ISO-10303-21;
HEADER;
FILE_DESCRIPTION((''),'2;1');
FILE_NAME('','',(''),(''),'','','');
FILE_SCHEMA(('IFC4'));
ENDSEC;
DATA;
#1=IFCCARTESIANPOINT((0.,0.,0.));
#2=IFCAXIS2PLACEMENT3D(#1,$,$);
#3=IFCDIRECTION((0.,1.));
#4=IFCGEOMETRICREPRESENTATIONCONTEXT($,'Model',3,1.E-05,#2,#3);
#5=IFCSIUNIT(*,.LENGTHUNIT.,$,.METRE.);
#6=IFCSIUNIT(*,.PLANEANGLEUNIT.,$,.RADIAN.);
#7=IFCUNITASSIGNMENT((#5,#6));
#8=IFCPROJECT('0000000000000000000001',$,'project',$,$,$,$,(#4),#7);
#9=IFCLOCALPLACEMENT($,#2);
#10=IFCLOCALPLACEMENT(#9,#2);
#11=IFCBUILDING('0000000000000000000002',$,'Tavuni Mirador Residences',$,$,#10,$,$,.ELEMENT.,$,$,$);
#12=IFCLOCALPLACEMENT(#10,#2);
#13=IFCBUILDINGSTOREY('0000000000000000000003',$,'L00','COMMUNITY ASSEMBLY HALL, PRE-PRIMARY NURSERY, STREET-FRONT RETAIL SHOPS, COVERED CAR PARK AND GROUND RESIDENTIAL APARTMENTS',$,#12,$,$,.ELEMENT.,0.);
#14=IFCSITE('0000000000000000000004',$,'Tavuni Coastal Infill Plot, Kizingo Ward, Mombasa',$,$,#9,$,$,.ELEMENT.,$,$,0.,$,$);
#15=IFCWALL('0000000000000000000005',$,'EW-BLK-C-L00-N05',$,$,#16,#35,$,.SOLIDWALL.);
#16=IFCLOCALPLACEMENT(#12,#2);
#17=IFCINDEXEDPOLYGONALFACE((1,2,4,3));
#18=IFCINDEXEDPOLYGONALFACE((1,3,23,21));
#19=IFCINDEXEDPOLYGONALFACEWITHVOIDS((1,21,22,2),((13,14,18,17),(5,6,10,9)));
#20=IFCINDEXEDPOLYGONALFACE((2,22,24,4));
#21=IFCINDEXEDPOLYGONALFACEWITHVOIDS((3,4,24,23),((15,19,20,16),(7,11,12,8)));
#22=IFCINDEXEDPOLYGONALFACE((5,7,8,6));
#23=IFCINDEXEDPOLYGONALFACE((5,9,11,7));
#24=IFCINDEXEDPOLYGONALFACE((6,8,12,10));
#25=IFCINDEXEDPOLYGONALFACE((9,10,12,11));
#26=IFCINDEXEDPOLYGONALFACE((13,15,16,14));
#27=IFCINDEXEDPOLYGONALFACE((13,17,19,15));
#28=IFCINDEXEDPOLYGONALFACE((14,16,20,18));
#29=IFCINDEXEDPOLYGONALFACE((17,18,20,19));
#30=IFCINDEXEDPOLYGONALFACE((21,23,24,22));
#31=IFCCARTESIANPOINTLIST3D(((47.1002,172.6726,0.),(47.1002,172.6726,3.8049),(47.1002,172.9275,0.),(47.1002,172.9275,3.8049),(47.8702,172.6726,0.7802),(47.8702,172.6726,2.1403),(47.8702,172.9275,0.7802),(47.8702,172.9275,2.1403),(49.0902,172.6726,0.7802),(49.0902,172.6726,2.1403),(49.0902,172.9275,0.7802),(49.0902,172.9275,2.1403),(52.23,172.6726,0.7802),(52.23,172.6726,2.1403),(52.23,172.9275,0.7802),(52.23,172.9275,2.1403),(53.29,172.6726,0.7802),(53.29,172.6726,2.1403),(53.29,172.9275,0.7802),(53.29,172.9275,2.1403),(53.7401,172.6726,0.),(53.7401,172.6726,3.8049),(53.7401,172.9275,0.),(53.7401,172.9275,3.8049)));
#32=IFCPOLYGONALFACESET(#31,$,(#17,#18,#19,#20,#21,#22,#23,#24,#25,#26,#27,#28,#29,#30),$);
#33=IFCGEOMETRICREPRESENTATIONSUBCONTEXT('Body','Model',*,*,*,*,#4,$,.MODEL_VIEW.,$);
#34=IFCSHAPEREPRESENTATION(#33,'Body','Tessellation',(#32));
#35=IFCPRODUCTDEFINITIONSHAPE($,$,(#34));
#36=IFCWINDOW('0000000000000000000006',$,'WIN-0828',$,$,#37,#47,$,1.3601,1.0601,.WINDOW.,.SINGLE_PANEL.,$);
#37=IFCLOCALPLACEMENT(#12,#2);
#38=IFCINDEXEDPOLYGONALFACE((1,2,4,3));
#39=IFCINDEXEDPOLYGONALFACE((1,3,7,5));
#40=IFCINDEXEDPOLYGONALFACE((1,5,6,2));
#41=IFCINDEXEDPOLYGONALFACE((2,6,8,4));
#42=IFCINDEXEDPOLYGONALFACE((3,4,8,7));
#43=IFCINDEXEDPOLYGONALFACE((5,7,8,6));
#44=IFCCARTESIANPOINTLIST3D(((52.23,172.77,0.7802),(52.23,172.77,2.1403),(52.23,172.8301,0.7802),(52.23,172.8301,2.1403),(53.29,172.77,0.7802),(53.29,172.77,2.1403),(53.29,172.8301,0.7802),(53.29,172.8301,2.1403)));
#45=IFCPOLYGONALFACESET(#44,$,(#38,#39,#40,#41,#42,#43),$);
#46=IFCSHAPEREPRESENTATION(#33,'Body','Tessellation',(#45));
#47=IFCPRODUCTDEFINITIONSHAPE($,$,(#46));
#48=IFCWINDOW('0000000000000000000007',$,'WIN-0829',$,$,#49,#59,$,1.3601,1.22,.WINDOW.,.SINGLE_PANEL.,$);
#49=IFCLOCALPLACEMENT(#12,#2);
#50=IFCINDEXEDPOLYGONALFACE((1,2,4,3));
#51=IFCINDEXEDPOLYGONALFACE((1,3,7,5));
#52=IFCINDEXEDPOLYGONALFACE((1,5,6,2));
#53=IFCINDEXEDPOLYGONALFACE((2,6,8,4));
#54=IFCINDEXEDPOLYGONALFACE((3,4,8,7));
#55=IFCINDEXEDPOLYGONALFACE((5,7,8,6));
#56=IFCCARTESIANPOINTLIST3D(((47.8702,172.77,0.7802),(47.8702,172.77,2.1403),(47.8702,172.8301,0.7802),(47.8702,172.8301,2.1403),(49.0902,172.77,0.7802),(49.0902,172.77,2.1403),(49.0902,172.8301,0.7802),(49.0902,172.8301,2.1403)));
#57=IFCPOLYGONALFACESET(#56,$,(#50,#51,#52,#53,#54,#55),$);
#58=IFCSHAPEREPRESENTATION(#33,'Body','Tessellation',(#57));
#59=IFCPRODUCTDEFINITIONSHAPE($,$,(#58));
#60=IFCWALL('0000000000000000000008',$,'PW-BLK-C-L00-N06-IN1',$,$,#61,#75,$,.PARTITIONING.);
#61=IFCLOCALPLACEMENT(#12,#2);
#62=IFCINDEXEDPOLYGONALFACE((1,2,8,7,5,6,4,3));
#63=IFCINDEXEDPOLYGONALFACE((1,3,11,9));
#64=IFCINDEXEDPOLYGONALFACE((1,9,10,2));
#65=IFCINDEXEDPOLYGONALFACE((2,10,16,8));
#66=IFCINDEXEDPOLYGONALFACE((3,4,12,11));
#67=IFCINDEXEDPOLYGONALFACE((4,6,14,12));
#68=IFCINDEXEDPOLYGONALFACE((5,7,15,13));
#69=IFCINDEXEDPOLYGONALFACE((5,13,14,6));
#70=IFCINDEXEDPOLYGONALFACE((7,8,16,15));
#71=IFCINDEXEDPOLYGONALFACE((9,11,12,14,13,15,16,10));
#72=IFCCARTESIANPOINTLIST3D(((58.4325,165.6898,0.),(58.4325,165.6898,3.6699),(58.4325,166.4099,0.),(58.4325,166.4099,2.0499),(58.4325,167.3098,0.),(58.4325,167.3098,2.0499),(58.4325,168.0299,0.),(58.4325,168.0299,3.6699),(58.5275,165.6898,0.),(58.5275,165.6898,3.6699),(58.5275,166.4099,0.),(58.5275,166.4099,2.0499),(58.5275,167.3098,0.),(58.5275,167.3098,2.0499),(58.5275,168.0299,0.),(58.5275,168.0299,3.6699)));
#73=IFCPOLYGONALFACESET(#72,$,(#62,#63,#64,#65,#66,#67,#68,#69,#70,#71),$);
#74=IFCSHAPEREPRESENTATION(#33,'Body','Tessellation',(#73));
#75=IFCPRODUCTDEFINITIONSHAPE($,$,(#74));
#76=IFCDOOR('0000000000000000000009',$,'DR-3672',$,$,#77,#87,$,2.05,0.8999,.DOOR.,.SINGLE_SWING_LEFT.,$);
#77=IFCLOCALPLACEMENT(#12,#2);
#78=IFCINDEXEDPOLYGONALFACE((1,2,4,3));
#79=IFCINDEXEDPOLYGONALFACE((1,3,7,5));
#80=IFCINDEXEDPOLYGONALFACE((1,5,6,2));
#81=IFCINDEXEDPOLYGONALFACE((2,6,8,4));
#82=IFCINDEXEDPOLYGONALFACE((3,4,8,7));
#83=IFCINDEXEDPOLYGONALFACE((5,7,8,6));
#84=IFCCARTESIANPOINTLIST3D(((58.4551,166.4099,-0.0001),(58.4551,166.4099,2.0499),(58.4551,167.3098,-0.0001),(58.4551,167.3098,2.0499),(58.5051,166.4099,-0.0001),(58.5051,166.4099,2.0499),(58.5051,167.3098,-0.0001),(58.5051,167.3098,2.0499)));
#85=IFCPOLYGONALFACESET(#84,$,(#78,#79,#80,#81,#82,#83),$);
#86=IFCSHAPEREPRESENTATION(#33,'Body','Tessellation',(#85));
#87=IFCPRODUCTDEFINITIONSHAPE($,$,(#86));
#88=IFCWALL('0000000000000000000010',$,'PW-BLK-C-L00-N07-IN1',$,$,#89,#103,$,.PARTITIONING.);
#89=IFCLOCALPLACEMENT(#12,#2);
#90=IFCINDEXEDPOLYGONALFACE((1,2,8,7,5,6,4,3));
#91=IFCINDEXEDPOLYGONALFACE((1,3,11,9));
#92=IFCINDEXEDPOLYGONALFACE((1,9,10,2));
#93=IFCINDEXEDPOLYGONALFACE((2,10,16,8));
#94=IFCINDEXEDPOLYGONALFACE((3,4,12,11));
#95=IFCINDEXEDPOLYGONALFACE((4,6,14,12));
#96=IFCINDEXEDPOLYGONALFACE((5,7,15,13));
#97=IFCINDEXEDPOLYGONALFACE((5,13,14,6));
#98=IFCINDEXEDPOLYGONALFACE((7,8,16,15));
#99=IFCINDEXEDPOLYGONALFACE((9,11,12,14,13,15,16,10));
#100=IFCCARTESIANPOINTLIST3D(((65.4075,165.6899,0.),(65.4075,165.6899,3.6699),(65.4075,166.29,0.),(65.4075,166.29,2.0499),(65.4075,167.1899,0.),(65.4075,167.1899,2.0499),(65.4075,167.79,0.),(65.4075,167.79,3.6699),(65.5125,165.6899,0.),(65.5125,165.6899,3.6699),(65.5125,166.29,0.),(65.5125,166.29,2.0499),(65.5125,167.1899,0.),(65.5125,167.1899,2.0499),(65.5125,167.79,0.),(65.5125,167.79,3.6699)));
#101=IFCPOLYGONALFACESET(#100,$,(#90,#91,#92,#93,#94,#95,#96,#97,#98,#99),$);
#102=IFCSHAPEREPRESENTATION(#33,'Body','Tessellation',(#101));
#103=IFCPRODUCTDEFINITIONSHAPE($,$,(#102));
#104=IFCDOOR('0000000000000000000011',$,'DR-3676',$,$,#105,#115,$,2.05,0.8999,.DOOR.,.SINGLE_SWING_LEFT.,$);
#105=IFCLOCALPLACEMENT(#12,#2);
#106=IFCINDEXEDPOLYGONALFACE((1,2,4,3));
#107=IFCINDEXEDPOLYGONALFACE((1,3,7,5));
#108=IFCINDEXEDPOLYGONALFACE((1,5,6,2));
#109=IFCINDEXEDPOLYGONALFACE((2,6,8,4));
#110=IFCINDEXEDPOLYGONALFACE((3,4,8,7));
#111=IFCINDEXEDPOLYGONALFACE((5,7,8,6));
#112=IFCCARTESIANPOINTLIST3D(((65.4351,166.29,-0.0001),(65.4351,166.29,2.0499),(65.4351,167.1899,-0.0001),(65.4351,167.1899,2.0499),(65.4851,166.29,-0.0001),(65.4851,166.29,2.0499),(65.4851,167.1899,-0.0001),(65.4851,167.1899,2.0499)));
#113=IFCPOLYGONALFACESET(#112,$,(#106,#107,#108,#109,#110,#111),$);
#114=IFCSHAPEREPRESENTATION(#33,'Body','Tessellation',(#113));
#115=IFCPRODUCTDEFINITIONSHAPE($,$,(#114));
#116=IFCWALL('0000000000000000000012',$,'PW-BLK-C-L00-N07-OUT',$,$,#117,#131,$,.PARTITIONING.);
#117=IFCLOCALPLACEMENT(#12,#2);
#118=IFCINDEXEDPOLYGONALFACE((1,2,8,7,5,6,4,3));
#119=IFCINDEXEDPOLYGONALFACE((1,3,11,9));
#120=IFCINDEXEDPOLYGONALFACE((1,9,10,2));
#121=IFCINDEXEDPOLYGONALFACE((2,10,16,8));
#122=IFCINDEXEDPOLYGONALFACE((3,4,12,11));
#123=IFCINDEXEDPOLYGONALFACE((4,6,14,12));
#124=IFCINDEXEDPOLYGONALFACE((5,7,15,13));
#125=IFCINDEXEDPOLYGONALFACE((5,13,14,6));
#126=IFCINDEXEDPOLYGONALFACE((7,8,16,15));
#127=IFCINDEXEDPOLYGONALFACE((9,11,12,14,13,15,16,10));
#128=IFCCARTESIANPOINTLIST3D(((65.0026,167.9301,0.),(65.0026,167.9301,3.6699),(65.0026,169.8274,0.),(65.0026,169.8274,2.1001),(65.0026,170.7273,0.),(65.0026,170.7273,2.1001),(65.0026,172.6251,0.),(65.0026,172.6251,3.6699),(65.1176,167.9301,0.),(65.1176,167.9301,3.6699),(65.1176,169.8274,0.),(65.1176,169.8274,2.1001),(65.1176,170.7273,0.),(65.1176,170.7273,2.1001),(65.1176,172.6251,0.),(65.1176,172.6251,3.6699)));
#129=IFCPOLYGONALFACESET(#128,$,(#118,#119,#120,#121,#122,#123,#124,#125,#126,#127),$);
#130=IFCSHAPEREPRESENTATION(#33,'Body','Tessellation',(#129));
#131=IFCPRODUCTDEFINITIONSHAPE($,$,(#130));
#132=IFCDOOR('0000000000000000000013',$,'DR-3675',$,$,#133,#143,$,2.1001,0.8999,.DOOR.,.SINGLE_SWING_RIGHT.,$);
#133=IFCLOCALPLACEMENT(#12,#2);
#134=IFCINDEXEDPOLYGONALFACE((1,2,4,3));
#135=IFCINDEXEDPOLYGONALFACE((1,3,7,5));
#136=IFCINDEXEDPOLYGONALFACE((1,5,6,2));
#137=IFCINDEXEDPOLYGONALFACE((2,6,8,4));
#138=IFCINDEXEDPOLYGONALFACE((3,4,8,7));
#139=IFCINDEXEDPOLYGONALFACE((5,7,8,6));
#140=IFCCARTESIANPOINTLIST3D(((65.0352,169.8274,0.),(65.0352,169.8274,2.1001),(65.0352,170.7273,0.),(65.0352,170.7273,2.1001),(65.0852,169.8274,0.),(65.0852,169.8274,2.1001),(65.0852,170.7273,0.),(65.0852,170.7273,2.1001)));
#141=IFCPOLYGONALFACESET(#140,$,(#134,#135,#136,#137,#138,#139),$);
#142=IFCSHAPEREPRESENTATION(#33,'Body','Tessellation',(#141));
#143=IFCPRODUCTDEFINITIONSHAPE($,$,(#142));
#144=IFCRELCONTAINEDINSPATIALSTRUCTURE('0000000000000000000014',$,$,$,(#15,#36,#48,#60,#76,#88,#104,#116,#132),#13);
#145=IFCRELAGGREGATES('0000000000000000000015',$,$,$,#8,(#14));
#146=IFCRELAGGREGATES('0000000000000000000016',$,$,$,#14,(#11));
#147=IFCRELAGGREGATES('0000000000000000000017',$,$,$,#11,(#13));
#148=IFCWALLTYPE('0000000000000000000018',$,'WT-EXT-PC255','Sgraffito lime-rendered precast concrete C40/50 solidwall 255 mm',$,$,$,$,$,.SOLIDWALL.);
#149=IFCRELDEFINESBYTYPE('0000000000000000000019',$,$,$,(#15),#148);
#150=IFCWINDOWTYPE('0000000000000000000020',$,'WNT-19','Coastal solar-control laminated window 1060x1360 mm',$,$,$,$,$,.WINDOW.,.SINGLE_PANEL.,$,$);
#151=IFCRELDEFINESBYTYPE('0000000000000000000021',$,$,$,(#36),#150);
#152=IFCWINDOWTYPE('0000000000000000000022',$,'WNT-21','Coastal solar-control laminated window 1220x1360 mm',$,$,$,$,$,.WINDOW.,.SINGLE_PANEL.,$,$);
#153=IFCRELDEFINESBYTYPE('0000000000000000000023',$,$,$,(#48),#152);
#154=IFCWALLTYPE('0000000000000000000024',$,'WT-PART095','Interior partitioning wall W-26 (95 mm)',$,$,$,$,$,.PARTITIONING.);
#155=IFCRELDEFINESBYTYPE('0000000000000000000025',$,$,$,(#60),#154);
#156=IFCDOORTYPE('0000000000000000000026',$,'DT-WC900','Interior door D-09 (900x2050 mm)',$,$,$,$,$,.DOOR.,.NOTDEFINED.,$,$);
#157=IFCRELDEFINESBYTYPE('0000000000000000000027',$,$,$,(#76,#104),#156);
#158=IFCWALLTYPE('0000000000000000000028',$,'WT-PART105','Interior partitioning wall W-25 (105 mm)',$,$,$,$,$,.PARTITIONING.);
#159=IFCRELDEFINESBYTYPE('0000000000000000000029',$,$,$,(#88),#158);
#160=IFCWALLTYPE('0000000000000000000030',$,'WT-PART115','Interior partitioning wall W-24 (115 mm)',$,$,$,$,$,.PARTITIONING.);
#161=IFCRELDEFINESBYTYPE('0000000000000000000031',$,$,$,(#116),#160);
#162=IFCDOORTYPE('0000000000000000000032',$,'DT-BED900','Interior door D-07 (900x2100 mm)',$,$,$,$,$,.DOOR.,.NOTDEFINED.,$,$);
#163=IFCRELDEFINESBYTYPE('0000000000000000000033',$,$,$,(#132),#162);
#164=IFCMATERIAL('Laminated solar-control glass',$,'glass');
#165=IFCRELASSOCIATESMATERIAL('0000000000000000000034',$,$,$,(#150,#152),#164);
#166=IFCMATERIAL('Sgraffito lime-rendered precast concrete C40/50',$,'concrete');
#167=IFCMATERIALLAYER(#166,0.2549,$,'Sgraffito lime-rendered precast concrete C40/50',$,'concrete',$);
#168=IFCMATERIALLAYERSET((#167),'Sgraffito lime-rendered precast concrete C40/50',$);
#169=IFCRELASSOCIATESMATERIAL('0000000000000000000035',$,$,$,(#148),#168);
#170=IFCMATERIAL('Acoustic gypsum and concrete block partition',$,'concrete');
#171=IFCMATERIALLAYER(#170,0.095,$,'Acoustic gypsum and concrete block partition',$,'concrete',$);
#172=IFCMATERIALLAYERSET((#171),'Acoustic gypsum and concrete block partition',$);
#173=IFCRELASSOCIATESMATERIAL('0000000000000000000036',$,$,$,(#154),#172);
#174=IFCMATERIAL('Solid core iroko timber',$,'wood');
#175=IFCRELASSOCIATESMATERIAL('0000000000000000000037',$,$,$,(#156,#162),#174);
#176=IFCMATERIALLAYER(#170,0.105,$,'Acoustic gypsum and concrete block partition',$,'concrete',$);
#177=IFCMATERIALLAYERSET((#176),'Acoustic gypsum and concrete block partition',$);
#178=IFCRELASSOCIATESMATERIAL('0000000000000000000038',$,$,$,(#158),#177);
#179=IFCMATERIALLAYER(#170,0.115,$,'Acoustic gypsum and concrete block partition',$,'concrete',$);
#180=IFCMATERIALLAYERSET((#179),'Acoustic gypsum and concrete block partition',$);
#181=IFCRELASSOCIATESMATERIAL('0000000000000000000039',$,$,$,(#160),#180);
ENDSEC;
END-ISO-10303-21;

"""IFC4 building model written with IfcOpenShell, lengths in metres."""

from ifc_helpers import new_model, si_unit, direction, frame, frame_2d, origin, place, context, subcontext, project, spatial, rectangle, extrude, material, layer, layer_set, type_object, element, fill, save


model = new_model("IFC4")

# Units and contexts
model_context = context("Model", 3, precision=1e-05, world=origin(), true_north=direction((0.0, 1.0)))
body_context = subcontext(model_context, "Body", "Model", "MODEL_VIEW")
ifc_project = project(units=[si_unit("LENGTHUNIT", "METRE"), si_unit("PLANEANGLEUNIT", "RADIAN")], contexts=[model_context])

# Site, building, storey
site_placement = place(None, origin())
site = spatial("IfcSite", under=ifc_project, at=site_placement, Name="Tavuni Coastal Infill Plot, Kizingo Ward, Mombasa", CompositionType="ELEMENT", RefElevation=0.0)
building_placement = place(site_placement, origin())
building = spatial("IfcBuilding", under=site, at=building_placement, Name="Tavuni Mirador Residences", CompositionType="ELEMENT")
storey_placement = place(building_placement, origin())
storey = spatial("IfcBuildingStorey", under=building, at=storey_placement, Name="L00", Description="COMMUNITY ASSEMBLY HALL, PRE-PRIMARY NURSERY, STREET-FRONT RETAIL SHOPS, COVERED CAR PARK AND GROUND RESIDENTIAL APARTMENTS", CompositionType="ELEMENT", Elevation=0.0)

# Wall, openings, windows
ifc_material_1 = material(Name="Sgraffito lime-rendered precast concrete C40/50", Category="concrete")
ifc_material_2 = material(Name="Laminated solar-control glass", Category="glass")
window_type_1 = type_object("IfcWindowType", Name="WNT-19", Description="Coastal solar-control laminated window 1060x1360 mm", PartitioningType="SINGLE_PANEL", PredefinedType="WINDOW", material=ifc_material_2)
ifc_layer_1 = layer(ifc_material_1, 0.2549, Name="Sgraffito lime-rendered precast concrete C40/50", Category="concrete")
ifc_layer_set_1 = layer_set([ifc_layer_1], Name="Sgraffito lime-rendered precast concrete C40/50")
wall_type_1 = type_object("IfcWallType", Name="WT-EXT-PC255", Description="Sgraffito lime-rendered precast concrete C40/50 solidwall 255 mm", PredefinedType="SOLIDWALL", material=ifc_layer_set_1)
wall_1_placement = place(storey_placement, frame((53.74, 172.8, 0.0), z_axis=(0.0, 0.0, 1.0), x_axis=(-1.0, 0.0, 0.0)))
wall_1 = element("IfcWall", 1, at=wall_1_placement, inside=storey, type_object=wall_type_1, Name="EW-BLK-C-L00-N05", PredefinedType="SOLIDWALL", context=body_context, shape_type="SweptSolid", body=[
    extrude(rectangle(XDim=6.6399, YDim=0.2549, at=frame_2d((3.3198, 0.0))), origin(), (0.0, 0.0, 1.0), 3.8049),
])
opening_1_placement = place(wall_1_placement, frame((0.45, 0.0, 0.78)))
opening_1 = element("IfcOpeningElement", 2, at=opening_1_placement, cuts=wall_1, PredefinedType="OPENING", context=body_context, shape_type="SweptSolid", body=[
    extrude(rectangle(XDim=1.0601, YDim=1.3601, at=frame_2d((0.53, 0.6802))), frame((0.0, 0.1375, 0.0), z_axis=(0.0, -1.0, 0.0), x_axis=(1.0, 0.0, 0.0)), (0.0, 0.0, 1.0), 0.2749),
])
opening_2_placement = place(wall_1_placement, frame((4.6499, 0.0, 0.78)))
opening_2 = element("IfcOpeningElement", 3, at=opening_2_placement, cuts=wall_1, PredefinedType="OPENING", context=body_context, shape_type="SweptSolid", body=[
    extrude(rectangle(XDim=1.22, YDim=1.3601, at=frame_2d((0.6099, 0.6802))), frame((0.0, 0.1375, 0.0), z_axis=(0.0, -1.0, 0.0), x_axis=(1.0, 0.0, 0.0)), (0.0, 0.0, 1.0), 0.2749),
])
window_1_placement = place(opening_1_placement, origin())
window_1 = element("IfcWindow", 4, at=window_1_placement, inside=storey, type_object=window_type_1, Name="WIN-0828", OverallHeight=1.3601, OverallWidth=1.0601, PartitioningType="SINGLE_PANEL", PredefinedType="WINDOW", context=body_context, shape_type="SweptSolid", body=[
    extrude(rectangle(XDim=1.0601, YDim=1.3601, at=frame_2d((0.53, 0.6802))), frame((0.0, 0.03, 0.0), z_axis=(0.0, -1.0, 0.0), x_axis=(1.0, 0.0, 0.0)), (0.0, 0.0, 1.0), 0.0601),
])
fill(opening_1, window_1)
window_type_2 = type_object("IfcWindowType", Name="WNT-21", Description="Coastal solar-control laminated window 1220x1360 mm", PartitioningType="SINGLE_PANEL", PredefinedType="WINDOW", material=ifc_material_2)
window_2_placement = place(opening_2_placement, origin())
window_2 = element("IfcWindow", 5, at=window_2_placement, inside=storey, type_object=window_type_2, Name="WIN-0829", OverallHeight=1.3601, OverallWidth=1.22, PartitioningType="SINGLE_PANEL", PredefinedType="WINDOW", context=body_context, shape_type="SweptSolid", body=[
    extrude(rectangle(XDim=1.22, YDim=1.3601, at=frame_2d((0.6099, 0.6802))), frame((0.0, 0.03, 0.0), z_axis=(0.0, -1.0, 0.0), x_axis=(1.0, 0.0, 0.0)), (0.0, 0.0, 1.0), 0.0601),
])
fill(opening_2, window_2)

# Walls, openings, doors
ifc_material_3 = material(Name="Acoustic gypsum and concrete block partition", Category="concrete")
ifc_layer_2 = layer(ifc_material_3, 0.095, Name="Acoustic gypsum and concrete block partition", Category="concrete")
ifc_layer_set_2 = layer_set([ifc_layer_2], Name="Acoustic gypsum and concrete block partition")
wall_type_2 = type_object("IfcWallType", Name="WT-PART095", Description="Interior partitioning wall W-26 (95 mm)", PredefinedType="PARTITIONING", material=ifc_layer_set_2)
wall_2_placement = place(storey_placement, frame((58.48, 165.6899, 0.0), z_axis=(0.0, 0.0, 1.0), x_axis=(0.0, 1.0, 0.0)))
wall_2 = element("IfcWall", 6, at=wall_2_placement, inside=storey, type_object=wall_type_2, Name="PW-BLK-C-L00-N06-IN1", PredefinedType="PARTITIONING", context=body_context, shape_type="SweptSolid", body=[
    extrude(rectangle(XDim=2.3401, YDim=0.095, at=frame_2d((1.1699, 0.0))), origin(), (0.0, 0.0, 1.0), 3.6699),
])
opening_3_placement = place(wall_2_placement, frame((0.72, 0.0, 0.0)))
opening_3 = element("IfcOpeningElement", 7, at=opening_3_placement, cuts=wall_2, PredefinedType="OPENING", context=body_context, shape_type="SweptSolid", body=[
    extrude(rectangle(XDim=0.8999, YDim=2.05, at=frame_2d((0.45, 1.0249))), frame((0.0, 0.0576, 0.0), z_axis=(0.0, -1.0, 0.0), x_axis=(1.0, 0.0, 0.0)), (0.0, 0.0, 1.0), 0.115),
])
ifc_material_4 = material(Name="Solid core iroko timber", Category="wood")
door_type_1 = type_object("IfcDoorType", Name="DT-WC900", Description="Interior door D-09 (900x2050 mm)", OperationType="NOTDEFINED", PredefinedType="DOOR", material=ifc_material_4)
door_1_placement = place(opening_3_placement, origin())
door_1 = element("IfcDoor", 8, at=door_1_placement, inside=storey, type_object=door_type_1, Name="DR-3672", OperationType="SINGLE_SWING_LEFT", OverallHeight=2.05, OverallWidth=0.8999, PredefinedType="DOOR", context=body_context, shape_type="SweptSolid", body=[
    extrude(rectangle(XDim=0.8999, YDim=2.05, at=frame_2d((0.45, 1.0249))), frame((0.0, 0.0249, 0.0), z_axis=(0.0, -1.0, 0.0), x_axis=(1.0, 0.0, 0.0)), (0.0, 0.0, 1.0), 0.05),
])
fill(opening_3, door_1)
ifc_layer_3 = layer(ifc_material_3, 0.105, Name="Acoustic gypsum and concrete block partition", Category="concrete")
ifc_layer_set_3 = layer_set([ifc_layer_3], Name="Acoustic gypsum and concrete block partition")
wall_type_3 = type_object("IfcWallType", Name="WT-PART105", Description="Interior partitioning wall W-25 (105 mm)", PredefinedType="PARTITIONING", material=ifc_layer_set_3)
wall_3_placement = place(storey_placement, frame((65.46, 165.6899, 0.0), z_axis=(0.0, 0.0, 1.0), x_axis=(0.0, 1.0, 0.0)))
wall_3 = element("IfcWall", 9, at=wall_3_placement, inside=storey, type_object=wall_type_3, Name="PW-BLK-C-L00-N07-IN1", PredefinedType="PARTITIONING", context=body_context, shape_type="SweptSolid", body=[
    extrude(rectangle(XDim=2.1001, YDim=0.105, at=frame_2d((1.05, 0.0))), origin(), (0.0, 0.0, 1.0), 3.6699),
])
opening_4_placement = place(wall_3_placement, frame((0.6001, 0.0, 0.0)))
opening_4 = element("IfcOpeningElement", 10, at=opening_4_placement, cuts=wall_3, PredefinedType="OPENING", context=body_context, shape_type="SweptSolid", body=[
    extrude(rectangle(XDim=0.8999, YDim=2.05, at=frame_2d((0.45, 1.0249))), frame((0.0, 0.0625, 0.0), z_axis=(0.0, -1.0, 0.0), x_axis=(1.0, 0.0, 0.0)), (0.0, 0.0, 1.0), 0.125),
])
door_2_placement = place(opening_4_placement, origin())
door_2 = element("IfcDoor", 11, at=door_2_placement, inside=storey, type_object=door_type_1, Name="DR-3676", OperationType="SINGLE_SWING_LEFT", OverallHeight=2.05, OverallWidth=0.8999, PredefinedType="DOOR", context=body_context, shape_type="SweptSolid", body=[
    extrude(rectangle(XDim=0.8999, YDim=2.05, at=frame_2d((0.45, 1.0249))), frame((0.0, 0.0249, 0.0), z_axis=(0.0, -1.0, 0.0), x_axis=(1.0, 0.0, 0.0)), (0.0, 0.0, 1.0), 0.05),
])
fill(opening_4, door_2)
ifc_layer_4 = layer(ifc_material_3, 0.115, Name="Acoustic gypsum and concrete block partition", Category="concrete")
ifc_layer_set_4 = layer_set([ifc_layer_4], Name="Acoustic gypsum and concrete block partition")
wall_type_4 = type_object("IfcWallType", Name="WT-PART115", Description="Interior partitioning wall W-24 (115 mm)", PredefinedType="PARTITIONING", material=ifc_layer_set_4)
wall_4_placement = place(storey_placement, frame((65.0601, 167.9299, 0.0), z_axis=(0.0, 0.0, 1.0), x_axis=(0.0, 1.0, 0.0)))
wall_4 = element("IfcWall", 12, at=wall_4_placement, inside=storey, type_object=wall_type_4, Name="PW-BLK-C-L00-N07-OUT", PredefinedType="PARTITIONING", context=body_context, shape_type="SweptSolid", body=[
    extrude(rectangle(XDim=4.6951, YDim=0.115, at=frame_2d((2.3477, 0.0))), origin(), (0.0, 0.0, 1.0), 3.6699),
])
opening_5_placement = place(wall_4_placement, frame((1.8975, 0.0, 0.0)))
opening_5 = element("IfcOpeningElement", 13, at=opening_5_placement, cuts=wall_4, PredefinedType="OPENING", context=body_context, shape_type="SweptSolid", body=[
    extrude(rectangle(XDim=0.8999, YDim=2.1001, at=frame_2d((0.45, 1.05))), frame((0.0, 0.0674, 0.0), z_axis=(0.0, -1.0, 0.0), x_axis=(1.0, 0.0, 0.0)), (0.0, 0.0, 1.0), 0.135),
])
door_type_2 = type_object("IfcDoorType", Name="DT-BED900", Description="Interior door D-07 (900x2100 mm)", OperationType="NOTDEFINED", PredefinedType="DOOR", material=ifc_material_4)
door_3_placement = place(opening_5_placement, origin())
door_3 = element("IfcDoor", 14, at=door_3_placement, inside=storey, type_object=door_type_2, Name="DR-3675", OperationType="SINGLE_SWING_RIGHT", OverallHeight=2.1001, OverallWidth=0.8999, PredefinedType="DOOR", context=body_context, shape_type="SweptSolid", body=[
    extrude(rectangle(XDim=0.8999, YDim=2.1001, at=frame_2d((0.45, 1.05))), frame((0.0, 0.0249, 0.0), z_axis=(0.0, -1.0, 0.0), x_axis=(1.0, 0.0, 0.0)), (0.0, 0.0, 1.0), 0.05),
])
fill(opening_5, door_3)

save(model, "model.ifc")
